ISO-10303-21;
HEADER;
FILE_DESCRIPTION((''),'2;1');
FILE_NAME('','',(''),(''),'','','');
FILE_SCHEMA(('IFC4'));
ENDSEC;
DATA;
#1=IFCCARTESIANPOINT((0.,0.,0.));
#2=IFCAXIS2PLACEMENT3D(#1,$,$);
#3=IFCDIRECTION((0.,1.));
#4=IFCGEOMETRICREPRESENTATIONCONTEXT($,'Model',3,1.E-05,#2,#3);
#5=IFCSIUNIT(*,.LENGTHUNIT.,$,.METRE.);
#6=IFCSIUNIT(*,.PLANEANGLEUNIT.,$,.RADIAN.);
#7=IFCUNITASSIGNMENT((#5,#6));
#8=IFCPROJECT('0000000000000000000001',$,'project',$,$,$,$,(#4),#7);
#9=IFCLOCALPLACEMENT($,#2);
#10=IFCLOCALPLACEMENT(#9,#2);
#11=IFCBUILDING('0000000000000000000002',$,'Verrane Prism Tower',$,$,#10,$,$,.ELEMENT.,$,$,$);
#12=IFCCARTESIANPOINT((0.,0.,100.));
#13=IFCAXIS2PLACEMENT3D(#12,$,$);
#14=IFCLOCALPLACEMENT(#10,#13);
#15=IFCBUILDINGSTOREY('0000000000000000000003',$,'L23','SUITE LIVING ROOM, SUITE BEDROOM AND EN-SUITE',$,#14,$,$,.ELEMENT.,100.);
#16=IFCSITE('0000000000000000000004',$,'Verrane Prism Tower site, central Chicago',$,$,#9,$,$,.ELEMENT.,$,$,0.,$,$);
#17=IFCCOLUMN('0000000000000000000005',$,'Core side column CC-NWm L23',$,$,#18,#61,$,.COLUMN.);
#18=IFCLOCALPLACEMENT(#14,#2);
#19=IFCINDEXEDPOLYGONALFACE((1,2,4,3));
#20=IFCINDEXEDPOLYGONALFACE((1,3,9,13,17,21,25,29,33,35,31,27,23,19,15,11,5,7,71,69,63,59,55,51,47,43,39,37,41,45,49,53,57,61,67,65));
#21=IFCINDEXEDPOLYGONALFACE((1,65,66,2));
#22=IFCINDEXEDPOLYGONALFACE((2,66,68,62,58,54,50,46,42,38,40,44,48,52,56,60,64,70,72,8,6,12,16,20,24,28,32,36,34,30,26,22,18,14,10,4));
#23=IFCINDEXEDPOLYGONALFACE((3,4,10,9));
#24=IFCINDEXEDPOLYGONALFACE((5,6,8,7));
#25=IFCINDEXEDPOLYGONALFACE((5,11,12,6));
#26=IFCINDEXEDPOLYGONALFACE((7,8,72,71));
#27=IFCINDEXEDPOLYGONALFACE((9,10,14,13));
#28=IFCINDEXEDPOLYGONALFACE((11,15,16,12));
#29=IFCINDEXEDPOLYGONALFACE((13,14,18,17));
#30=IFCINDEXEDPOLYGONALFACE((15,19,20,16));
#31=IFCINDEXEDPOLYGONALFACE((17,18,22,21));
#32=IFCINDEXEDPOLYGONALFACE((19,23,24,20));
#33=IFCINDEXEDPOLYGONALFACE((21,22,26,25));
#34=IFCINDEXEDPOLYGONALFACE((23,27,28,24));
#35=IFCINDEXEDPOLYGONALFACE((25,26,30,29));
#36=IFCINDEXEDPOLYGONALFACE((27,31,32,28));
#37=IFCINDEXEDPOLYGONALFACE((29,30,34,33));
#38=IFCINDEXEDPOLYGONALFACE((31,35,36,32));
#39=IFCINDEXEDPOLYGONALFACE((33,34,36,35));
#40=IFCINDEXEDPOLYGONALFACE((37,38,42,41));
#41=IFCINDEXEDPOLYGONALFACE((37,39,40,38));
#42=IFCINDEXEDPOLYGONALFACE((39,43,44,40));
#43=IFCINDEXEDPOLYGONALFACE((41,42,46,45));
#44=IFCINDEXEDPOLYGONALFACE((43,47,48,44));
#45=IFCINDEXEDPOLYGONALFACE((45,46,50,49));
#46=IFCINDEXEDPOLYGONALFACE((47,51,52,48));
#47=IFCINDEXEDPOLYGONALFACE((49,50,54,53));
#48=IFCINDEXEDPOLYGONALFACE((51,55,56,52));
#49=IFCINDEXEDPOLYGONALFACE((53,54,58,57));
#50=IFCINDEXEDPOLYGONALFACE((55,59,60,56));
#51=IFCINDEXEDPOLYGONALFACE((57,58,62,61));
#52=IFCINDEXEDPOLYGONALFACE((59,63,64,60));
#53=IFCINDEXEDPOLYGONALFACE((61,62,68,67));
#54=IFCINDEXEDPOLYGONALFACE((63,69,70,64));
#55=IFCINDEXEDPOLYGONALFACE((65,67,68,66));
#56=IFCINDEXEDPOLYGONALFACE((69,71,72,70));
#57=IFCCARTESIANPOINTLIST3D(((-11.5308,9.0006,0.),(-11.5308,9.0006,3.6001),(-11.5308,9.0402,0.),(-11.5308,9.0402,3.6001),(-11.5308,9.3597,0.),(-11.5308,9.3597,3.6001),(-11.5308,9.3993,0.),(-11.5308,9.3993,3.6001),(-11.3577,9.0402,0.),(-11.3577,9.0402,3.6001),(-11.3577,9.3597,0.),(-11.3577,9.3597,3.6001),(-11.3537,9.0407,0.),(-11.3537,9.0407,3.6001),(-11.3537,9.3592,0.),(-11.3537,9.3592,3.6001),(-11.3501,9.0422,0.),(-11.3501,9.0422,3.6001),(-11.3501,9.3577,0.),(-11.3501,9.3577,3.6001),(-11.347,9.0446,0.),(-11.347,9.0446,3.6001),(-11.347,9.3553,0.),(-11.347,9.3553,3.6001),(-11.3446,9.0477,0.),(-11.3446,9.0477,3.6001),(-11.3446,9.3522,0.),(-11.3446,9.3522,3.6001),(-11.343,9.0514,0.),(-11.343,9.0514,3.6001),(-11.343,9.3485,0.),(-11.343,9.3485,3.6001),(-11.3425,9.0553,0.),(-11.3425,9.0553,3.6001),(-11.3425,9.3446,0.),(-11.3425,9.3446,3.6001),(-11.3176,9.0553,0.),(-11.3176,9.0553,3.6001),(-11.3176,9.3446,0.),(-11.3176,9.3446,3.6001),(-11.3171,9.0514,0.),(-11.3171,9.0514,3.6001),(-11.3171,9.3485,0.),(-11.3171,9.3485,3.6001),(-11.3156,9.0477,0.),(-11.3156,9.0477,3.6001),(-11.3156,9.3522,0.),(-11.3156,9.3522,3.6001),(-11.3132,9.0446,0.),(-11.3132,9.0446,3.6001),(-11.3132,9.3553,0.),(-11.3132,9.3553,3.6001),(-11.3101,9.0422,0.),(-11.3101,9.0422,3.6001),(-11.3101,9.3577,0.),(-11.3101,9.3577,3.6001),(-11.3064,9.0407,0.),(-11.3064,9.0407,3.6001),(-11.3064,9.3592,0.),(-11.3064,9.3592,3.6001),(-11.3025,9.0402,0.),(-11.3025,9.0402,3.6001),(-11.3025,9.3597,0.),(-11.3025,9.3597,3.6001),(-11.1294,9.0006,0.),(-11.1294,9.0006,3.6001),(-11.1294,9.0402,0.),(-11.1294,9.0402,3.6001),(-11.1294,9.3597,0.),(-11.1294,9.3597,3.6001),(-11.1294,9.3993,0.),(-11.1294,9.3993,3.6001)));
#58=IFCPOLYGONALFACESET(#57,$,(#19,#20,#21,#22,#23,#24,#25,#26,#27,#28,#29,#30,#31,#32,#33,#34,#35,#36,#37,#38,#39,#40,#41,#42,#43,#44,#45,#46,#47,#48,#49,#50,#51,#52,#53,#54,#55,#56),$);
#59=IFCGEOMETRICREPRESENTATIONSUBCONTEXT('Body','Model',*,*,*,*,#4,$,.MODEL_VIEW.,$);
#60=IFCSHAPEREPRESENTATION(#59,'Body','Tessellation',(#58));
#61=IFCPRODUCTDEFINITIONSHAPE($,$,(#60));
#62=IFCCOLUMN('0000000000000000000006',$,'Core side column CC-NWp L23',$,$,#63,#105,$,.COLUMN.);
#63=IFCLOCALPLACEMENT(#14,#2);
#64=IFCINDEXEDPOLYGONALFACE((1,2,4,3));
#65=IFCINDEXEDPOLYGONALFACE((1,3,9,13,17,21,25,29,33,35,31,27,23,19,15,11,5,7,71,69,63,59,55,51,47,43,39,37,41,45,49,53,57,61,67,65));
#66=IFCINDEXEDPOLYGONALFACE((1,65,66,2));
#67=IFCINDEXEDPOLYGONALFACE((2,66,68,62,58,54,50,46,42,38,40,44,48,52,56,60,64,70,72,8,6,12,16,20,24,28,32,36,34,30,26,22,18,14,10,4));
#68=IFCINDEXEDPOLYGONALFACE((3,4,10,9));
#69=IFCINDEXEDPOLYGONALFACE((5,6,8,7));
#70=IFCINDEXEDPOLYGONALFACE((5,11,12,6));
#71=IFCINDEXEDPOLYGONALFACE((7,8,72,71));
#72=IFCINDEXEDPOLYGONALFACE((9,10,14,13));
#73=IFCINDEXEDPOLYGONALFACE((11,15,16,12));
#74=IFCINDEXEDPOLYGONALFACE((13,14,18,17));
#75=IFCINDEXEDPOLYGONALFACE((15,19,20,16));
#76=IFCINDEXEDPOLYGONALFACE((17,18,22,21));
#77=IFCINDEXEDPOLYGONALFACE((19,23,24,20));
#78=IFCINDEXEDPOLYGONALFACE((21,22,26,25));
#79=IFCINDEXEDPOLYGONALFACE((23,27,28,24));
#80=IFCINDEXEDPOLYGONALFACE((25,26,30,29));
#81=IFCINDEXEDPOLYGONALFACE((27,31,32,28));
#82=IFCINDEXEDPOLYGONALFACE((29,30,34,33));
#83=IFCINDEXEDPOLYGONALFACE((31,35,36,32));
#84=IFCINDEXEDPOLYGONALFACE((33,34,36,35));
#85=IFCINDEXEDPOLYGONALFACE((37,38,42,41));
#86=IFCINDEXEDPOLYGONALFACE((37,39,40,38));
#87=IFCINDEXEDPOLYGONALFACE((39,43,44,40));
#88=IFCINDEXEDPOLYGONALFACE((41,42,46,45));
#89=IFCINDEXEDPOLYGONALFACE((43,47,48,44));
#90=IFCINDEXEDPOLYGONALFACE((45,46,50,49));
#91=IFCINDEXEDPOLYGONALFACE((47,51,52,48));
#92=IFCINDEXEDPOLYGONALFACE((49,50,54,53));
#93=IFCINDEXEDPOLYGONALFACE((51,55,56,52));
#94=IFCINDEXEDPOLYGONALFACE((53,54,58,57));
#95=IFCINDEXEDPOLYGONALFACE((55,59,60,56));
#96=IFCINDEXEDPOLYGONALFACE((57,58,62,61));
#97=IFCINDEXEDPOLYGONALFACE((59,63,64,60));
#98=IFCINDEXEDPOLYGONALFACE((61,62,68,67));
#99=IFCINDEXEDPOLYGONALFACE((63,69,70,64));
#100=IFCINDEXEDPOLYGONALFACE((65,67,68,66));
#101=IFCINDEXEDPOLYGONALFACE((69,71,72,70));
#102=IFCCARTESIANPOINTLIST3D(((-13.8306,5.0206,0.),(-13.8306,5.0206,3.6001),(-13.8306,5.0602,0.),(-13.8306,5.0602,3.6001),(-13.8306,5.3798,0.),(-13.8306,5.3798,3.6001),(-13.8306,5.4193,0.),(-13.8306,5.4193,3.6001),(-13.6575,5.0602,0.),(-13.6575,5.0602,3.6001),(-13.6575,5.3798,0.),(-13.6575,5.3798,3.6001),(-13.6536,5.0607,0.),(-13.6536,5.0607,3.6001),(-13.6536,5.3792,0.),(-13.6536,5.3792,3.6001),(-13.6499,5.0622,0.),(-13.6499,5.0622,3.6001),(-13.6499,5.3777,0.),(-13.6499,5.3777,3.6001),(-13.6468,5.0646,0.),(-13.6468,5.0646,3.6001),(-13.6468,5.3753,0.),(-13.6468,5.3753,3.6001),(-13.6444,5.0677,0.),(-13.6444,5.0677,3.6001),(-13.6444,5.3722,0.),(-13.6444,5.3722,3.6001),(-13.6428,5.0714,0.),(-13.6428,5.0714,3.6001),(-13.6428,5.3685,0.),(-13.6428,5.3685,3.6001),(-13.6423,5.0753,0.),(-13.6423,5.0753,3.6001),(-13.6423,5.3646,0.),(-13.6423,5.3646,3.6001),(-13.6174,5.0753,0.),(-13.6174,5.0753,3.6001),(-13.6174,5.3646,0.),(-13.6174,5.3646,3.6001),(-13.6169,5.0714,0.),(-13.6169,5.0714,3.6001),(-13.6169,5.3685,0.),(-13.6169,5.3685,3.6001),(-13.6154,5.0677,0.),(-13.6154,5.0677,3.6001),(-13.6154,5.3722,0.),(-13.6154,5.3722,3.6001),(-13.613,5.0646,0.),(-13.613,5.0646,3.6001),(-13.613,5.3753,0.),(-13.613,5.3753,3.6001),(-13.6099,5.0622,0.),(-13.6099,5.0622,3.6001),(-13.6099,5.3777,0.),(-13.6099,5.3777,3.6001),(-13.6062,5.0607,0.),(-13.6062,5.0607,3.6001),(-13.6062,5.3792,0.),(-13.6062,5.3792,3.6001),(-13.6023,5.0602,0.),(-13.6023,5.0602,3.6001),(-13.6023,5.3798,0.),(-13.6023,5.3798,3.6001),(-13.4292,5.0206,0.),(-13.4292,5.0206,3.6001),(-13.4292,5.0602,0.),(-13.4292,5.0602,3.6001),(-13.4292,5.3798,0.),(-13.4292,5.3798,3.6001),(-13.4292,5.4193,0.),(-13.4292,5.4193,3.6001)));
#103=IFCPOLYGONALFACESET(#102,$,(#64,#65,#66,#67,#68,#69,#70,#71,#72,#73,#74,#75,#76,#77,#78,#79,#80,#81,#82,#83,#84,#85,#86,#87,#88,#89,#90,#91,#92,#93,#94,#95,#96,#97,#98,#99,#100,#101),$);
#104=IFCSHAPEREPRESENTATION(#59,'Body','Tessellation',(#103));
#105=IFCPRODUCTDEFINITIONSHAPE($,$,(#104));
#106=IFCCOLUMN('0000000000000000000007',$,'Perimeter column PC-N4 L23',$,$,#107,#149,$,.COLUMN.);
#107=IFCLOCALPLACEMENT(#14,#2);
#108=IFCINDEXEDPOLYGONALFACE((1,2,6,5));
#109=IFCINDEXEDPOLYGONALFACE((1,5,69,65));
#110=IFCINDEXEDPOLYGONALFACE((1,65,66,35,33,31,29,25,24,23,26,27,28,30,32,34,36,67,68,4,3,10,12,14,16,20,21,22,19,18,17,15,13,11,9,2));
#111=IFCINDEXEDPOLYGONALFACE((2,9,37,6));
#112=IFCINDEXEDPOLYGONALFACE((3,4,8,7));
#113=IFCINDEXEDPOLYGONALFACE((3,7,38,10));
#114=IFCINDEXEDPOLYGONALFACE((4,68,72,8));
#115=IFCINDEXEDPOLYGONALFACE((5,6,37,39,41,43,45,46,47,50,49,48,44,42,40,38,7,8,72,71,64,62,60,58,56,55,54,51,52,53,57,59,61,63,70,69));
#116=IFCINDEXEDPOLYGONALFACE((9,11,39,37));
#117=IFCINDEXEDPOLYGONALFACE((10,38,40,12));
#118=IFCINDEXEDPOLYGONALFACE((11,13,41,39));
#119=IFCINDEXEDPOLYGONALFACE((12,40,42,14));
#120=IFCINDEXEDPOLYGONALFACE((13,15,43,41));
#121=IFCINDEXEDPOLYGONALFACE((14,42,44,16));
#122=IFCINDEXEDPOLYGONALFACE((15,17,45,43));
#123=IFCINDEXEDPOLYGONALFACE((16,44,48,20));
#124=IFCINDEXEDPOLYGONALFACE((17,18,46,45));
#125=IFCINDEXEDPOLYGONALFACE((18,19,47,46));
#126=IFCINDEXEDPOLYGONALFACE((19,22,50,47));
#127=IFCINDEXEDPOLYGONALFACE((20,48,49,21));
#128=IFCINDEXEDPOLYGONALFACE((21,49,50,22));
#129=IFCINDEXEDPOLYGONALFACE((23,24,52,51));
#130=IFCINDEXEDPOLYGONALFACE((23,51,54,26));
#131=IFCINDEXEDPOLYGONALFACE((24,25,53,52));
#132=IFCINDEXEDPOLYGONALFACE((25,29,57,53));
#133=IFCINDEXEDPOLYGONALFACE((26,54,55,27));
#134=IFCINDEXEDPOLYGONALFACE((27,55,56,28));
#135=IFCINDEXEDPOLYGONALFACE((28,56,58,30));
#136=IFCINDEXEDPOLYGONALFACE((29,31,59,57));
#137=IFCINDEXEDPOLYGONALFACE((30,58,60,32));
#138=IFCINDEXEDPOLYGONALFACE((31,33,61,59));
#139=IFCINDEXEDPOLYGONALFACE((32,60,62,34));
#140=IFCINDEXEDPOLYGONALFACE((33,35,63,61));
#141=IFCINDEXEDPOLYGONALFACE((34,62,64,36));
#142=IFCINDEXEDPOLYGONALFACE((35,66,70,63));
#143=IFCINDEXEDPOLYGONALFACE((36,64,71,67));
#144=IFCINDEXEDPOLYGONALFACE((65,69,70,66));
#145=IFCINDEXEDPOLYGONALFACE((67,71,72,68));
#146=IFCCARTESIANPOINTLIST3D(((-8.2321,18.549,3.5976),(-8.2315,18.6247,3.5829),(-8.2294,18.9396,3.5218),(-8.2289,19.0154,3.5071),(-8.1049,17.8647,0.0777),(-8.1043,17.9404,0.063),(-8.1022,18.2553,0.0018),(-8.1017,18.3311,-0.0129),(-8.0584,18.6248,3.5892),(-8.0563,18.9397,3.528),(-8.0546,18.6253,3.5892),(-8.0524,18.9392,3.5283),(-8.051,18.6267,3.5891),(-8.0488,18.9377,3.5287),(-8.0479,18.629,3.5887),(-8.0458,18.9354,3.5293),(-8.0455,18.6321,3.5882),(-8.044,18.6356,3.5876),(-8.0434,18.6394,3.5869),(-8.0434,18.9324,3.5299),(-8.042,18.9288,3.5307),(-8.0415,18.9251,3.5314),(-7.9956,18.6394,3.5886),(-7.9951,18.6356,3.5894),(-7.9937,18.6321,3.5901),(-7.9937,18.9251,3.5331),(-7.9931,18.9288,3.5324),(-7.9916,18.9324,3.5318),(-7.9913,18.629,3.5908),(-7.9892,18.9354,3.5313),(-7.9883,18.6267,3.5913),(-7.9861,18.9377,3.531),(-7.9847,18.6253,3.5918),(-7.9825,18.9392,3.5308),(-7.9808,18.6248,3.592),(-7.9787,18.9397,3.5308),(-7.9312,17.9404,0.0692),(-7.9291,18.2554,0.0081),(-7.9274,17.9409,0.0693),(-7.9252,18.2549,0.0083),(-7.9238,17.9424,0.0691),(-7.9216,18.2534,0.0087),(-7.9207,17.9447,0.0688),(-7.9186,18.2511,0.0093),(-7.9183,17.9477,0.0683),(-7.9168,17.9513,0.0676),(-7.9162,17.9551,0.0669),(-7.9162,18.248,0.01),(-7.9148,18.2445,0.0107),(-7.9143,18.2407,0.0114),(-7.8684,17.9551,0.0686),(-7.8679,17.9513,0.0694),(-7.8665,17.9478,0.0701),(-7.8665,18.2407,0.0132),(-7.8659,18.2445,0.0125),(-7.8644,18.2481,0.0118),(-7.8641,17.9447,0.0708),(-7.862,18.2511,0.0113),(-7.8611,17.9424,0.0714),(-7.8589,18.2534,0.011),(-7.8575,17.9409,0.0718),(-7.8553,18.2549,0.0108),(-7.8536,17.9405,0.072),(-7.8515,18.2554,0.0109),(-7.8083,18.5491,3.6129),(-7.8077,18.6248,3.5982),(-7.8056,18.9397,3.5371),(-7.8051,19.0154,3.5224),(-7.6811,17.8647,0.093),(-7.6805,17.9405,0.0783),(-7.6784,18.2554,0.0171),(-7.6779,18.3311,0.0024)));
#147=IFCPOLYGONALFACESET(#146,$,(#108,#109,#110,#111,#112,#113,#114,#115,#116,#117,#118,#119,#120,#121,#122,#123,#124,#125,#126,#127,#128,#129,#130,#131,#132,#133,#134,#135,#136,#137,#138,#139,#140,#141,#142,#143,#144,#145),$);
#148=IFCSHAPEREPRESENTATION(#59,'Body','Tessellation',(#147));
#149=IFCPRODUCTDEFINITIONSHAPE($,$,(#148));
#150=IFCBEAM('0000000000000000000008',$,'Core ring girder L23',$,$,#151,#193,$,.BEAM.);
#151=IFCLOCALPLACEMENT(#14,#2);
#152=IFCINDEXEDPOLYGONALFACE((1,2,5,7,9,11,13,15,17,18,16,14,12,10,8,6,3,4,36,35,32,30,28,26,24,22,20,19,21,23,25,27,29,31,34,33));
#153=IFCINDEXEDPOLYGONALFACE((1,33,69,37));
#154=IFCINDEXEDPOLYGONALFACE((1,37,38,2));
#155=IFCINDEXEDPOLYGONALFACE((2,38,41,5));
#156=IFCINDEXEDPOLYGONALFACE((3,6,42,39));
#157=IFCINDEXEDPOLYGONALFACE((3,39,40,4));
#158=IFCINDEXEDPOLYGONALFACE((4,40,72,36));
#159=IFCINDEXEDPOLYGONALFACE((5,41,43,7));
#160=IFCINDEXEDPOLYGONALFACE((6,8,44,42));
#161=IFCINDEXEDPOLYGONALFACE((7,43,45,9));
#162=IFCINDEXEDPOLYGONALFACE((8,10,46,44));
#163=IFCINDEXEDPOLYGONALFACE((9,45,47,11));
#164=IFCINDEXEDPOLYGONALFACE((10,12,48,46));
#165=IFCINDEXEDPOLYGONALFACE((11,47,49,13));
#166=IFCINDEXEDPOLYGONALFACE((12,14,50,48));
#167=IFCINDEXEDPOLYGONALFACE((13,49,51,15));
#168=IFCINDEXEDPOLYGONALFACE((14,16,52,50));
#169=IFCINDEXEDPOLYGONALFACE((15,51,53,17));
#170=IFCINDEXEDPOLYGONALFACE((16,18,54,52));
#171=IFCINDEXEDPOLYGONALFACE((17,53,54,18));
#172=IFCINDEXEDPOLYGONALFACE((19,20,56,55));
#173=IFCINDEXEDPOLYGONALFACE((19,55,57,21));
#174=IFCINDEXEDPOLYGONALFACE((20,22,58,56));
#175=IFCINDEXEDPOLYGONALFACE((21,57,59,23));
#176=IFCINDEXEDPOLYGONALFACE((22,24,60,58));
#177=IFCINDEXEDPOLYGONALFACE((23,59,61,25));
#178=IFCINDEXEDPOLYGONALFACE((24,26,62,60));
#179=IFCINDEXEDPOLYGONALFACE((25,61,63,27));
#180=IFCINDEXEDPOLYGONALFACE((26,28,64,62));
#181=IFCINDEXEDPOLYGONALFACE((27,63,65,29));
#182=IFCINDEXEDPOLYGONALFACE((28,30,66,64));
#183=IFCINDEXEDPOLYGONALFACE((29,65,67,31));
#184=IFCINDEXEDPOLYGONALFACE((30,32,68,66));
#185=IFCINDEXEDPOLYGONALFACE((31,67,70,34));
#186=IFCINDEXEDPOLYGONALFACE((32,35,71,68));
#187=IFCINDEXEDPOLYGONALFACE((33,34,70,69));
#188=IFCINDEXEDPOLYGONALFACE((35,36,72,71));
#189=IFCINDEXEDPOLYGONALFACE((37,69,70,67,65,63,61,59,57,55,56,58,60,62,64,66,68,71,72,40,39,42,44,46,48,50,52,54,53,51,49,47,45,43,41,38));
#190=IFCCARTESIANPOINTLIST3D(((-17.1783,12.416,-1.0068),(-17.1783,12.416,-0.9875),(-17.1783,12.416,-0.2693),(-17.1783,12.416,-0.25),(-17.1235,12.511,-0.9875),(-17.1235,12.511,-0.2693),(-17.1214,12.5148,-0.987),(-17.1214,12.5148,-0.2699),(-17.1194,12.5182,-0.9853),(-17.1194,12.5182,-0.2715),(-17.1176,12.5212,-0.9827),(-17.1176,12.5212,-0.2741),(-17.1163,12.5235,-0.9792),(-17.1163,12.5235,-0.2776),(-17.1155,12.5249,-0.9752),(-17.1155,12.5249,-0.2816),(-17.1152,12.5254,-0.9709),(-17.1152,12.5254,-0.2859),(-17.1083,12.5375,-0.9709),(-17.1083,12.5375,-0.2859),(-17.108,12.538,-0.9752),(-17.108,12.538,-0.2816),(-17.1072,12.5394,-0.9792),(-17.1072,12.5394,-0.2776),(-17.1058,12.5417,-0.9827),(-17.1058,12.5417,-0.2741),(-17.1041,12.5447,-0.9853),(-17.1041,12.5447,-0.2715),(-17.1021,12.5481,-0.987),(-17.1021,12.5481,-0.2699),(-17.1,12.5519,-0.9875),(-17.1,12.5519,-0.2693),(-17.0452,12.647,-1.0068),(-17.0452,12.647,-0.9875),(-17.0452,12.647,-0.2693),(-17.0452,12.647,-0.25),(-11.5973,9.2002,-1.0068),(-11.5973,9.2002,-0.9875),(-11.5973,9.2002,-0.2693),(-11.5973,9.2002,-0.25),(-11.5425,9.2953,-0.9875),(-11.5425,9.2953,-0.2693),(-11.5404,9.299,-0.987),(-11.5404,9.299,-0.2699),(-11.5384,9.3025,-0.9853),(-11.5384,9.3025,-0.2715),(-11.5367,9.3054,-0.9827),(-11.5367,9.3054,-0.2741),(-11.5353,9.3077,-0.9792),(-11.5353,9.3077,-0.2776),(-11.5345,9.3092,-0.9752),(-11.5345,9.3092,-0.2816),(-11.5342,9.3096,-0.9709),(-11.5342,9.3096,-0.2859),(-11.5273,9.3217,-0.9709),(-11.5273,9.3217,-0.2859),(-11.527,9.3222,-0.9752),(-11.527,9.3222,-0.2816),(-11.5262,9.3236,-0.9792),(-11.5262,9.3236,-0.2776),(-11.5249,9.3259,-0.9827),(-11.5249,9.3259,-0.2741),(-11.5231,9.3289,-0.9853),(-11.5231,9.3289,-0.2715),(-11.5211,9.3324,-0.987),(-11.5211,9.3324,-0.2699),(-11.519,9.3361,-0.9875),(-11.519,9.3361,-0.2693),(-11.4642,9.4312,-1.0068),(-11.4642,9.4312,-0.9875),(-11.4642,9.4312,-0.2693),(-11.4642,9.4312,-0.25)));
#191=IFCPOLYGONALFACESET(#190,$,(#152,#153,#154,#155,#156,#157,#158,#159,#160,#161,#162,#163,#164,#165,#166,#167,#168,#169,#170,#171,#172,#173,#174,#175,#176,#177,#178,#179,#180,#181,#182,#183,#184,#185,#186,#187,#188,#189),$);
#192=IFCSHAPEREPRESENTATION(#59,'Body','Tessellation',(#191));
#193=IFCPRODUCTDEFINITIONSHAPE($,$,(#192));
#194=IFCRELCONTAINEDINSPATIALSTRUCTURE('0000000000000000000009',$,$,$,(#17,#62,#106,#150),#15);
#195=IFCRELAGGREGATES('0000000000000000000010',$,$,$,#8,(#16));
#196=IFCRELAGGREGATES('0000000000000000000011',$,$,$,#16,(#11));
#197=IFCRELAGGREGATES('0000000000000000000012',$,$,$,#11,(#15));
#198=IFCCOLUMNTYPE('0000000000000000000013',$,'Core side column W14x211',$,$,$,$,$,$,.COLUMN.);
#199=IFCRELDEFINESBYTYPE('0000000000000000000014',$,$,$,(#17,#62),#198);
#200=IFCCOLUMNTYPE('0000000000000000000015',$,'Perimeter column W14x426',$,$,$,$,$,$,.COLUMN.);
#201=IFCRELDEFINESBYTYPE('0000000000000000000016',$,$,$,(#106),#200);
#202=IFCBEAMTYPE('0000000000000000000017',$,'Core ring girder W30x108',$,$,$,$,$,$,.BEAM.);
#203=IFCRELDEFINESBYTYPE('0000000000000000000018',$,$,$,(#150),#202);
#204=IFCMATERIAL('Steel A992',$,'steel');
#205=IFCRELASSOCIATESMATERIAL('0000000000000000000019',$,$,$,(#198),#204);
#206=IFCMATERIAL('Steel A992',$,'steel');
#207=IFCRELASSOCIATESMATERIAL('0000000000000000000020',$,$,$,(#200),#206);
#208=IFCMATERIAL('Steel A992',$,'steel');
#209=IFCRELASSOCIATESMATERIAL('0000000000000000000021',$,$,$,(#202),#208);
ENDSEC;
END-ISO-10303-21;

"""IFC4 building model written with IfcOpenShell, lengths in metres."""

from ifc_helpers import new_model, si_unit, direction, frame, origin, origin_2d, place, context, subcontext, project, spatial, i_section, extrude, material, material_profile, profile_set, type_object, element, save


model = new_model("IFC4")

# Units and contexts
model_context = context("Model", 3, precision=1e-05, world=origin(), true_north=direction((0.0, 1.0)))
body_context = subcontext(model_context, "Body", "Model", "MODEL_VIEW")
ifc_project = project(units=[si_unit("LENGTHUNIT", "METRE"), si_unit("PLANEANGLEUNIT", "RADIAN")], contexts=[model_context])

# Site, building, storey
site_placement = place(None, origin())
site = spatial("IfcSite", under=ifc_project, at=site_placement, Name="Verrane Prism Tower site, central Chicago", CompositionType="ELEMENT", RefElevation=0.0)
building_placement = place(site_placement, origin())
building = spatial("IfcBuilding", under=site, at=building_placement, Name="Verrane Prism Tower", CompositionType="ELEMENT")
storey_placement = place(building_placement, frame((0.0, 0.0, 100.0)))
storey = spatial("IfcBuildingStorey", under=building, at=storey_placement, Name="L23", Description="SUITE LIVING ROOM, SUITE BEDROOM AND EN-SUITE", CompositionType="ELEMENT", Elevation=100.0)

# Columns
ifc_material_1 = material(Name="Steel A992", Category="steel")
ifc_material_profile_1 = material_profile(ifc_material_1, i_section(OverallWidth=0.4014, OverallDepth=0.3987, WebThickness=0.0249, FlangeThickness=0.0396, FilletRadius=0.0151, at=origin_2d()), Name="W14x211")
ifc_profile_set_1 = profile_set([ifc_material_profile_1], Name="Steel A992")
column_type_1 = type_object("IfcColumnType", Name="Core side column W14x211", PredefinedType="COLUMN", material=ifc_profile_set_1)
for number, where, z_axis, x_axis, name in (
    (1, (-11.3301, 9.2, 0.0), (0.0, 0.0, 1.0), (1.0, 0.0, 0.0), "Core side column CC-NWm L23"),
    (2, (-13.6299, 5.22, 0.0), (0.0, 0.0, 1.0), (1.0, 0.0, 0.0), "Core side column CC-NWp L23"),
):
    element("IfcColumn", number, at=place(storey_placement, frame(where, z_axis=z_axis, x_axis=x_axis)), inside=storey, type_object=column_type_1, Name=name, PredefinedType="COLUMN", context=body_context, shape_type="SweptSolid", body=[
        extrude(i_section(OverallWidth=0.4014, OverallDepth=0.3987, WebThickness=0.0249, FlangeThickness=0.0396, FilletRadius=0.0151, at=origin_2d()), origin(), (0.0, 0.0, 1.0), 3.6001),
    ])
ifc_material_2 = material(Name="Steel A992", Category="steel")
ifc_material_profile_2 = material_profile(ifc_material_2, i_section(OverallWidth=0.4241, OverallDepth=0.4751, WebThickness=0.0479, FlangeThickness=0.0771, FilletRadius=0.0149, at=origin_2d()), Name="W14x426")
ifc_profile_set_2 = profile_set([ifc_material_profile_2], Name="Steel A992")
column_type_2 = type_object("IfcColumnType", Name="Perimeter column W14x426", PredefinedType="COLUMN", material=ifc_profile_set_2)
column_placement = place(storey_placement, frame((-7.8914, 18.0979, 0.04), z_axis=(-0.035449, 0.190717, 0.981005), x_axis=(0.999349, 0.000151, 0.036082)))
element("IfcColumn", 3, at=column_placement, inside=storey, type_object=column_type_2, Name="Perimeter column PC-N4 L23", PredefinedType="COLUMN", context=body_context, shape_type="SweptSolid", body=[
    extrude(i_section(OverallWidth=0.4241, OverallDepth=0.4751, WebThickness=0.0479, FlangeThickness=0.0771, FilletRadius=0.0149, at=origin_2d()), origin(), (0.0, 0.0, 1.0), 3.5881),
])

# Beam
ifc_material_3 = material(Name="Steel A992", Category="steel")
ifc_material_profile_3 = material_profile(ifc_material_3, i_section(OverallWidth=0.2666, OverallDepth=0.7568, WebThickness=0.0139, FlangeThickness=0.0193, FilletRadius=0.0166, at=origin_2d()), Name="W30x108")
ifc_profile_set_3 = profile_set([ifc_material_profile_3], Name="Steel A992")
beam_type_1 = type_object("IfcBeamType", Name="Core ring girder W30x108", PredefinedType="BEAM", material=ifc_profile_set_3)
beam_1_placement = place(storey_placement, frame((-11.5308, 9.3157, -0.6284), z_axis=(-0.866456, 0.499254, 0.0), x_axis=(-0.499254, -0.866456, 0.0)))
element("IfcBeam", 4, at=beam_1_placement, inside=storey, type_object=beam_type_1, Name="Core ring girder L23", PredefinedType="BEAM", context=body_context, shape_type="SweptSolid", body=[
    extrude(i_section(OverallWidth=0.2666, OverallDepth=0.7568, WebThickness=0.0139, FlangeThickness=0.0193, FilletRadius=0.0166, at=origin_2d()), origin(), (0.0, 0.0, 1.0), 6.4412),
])

save(model, "model.ifc")
